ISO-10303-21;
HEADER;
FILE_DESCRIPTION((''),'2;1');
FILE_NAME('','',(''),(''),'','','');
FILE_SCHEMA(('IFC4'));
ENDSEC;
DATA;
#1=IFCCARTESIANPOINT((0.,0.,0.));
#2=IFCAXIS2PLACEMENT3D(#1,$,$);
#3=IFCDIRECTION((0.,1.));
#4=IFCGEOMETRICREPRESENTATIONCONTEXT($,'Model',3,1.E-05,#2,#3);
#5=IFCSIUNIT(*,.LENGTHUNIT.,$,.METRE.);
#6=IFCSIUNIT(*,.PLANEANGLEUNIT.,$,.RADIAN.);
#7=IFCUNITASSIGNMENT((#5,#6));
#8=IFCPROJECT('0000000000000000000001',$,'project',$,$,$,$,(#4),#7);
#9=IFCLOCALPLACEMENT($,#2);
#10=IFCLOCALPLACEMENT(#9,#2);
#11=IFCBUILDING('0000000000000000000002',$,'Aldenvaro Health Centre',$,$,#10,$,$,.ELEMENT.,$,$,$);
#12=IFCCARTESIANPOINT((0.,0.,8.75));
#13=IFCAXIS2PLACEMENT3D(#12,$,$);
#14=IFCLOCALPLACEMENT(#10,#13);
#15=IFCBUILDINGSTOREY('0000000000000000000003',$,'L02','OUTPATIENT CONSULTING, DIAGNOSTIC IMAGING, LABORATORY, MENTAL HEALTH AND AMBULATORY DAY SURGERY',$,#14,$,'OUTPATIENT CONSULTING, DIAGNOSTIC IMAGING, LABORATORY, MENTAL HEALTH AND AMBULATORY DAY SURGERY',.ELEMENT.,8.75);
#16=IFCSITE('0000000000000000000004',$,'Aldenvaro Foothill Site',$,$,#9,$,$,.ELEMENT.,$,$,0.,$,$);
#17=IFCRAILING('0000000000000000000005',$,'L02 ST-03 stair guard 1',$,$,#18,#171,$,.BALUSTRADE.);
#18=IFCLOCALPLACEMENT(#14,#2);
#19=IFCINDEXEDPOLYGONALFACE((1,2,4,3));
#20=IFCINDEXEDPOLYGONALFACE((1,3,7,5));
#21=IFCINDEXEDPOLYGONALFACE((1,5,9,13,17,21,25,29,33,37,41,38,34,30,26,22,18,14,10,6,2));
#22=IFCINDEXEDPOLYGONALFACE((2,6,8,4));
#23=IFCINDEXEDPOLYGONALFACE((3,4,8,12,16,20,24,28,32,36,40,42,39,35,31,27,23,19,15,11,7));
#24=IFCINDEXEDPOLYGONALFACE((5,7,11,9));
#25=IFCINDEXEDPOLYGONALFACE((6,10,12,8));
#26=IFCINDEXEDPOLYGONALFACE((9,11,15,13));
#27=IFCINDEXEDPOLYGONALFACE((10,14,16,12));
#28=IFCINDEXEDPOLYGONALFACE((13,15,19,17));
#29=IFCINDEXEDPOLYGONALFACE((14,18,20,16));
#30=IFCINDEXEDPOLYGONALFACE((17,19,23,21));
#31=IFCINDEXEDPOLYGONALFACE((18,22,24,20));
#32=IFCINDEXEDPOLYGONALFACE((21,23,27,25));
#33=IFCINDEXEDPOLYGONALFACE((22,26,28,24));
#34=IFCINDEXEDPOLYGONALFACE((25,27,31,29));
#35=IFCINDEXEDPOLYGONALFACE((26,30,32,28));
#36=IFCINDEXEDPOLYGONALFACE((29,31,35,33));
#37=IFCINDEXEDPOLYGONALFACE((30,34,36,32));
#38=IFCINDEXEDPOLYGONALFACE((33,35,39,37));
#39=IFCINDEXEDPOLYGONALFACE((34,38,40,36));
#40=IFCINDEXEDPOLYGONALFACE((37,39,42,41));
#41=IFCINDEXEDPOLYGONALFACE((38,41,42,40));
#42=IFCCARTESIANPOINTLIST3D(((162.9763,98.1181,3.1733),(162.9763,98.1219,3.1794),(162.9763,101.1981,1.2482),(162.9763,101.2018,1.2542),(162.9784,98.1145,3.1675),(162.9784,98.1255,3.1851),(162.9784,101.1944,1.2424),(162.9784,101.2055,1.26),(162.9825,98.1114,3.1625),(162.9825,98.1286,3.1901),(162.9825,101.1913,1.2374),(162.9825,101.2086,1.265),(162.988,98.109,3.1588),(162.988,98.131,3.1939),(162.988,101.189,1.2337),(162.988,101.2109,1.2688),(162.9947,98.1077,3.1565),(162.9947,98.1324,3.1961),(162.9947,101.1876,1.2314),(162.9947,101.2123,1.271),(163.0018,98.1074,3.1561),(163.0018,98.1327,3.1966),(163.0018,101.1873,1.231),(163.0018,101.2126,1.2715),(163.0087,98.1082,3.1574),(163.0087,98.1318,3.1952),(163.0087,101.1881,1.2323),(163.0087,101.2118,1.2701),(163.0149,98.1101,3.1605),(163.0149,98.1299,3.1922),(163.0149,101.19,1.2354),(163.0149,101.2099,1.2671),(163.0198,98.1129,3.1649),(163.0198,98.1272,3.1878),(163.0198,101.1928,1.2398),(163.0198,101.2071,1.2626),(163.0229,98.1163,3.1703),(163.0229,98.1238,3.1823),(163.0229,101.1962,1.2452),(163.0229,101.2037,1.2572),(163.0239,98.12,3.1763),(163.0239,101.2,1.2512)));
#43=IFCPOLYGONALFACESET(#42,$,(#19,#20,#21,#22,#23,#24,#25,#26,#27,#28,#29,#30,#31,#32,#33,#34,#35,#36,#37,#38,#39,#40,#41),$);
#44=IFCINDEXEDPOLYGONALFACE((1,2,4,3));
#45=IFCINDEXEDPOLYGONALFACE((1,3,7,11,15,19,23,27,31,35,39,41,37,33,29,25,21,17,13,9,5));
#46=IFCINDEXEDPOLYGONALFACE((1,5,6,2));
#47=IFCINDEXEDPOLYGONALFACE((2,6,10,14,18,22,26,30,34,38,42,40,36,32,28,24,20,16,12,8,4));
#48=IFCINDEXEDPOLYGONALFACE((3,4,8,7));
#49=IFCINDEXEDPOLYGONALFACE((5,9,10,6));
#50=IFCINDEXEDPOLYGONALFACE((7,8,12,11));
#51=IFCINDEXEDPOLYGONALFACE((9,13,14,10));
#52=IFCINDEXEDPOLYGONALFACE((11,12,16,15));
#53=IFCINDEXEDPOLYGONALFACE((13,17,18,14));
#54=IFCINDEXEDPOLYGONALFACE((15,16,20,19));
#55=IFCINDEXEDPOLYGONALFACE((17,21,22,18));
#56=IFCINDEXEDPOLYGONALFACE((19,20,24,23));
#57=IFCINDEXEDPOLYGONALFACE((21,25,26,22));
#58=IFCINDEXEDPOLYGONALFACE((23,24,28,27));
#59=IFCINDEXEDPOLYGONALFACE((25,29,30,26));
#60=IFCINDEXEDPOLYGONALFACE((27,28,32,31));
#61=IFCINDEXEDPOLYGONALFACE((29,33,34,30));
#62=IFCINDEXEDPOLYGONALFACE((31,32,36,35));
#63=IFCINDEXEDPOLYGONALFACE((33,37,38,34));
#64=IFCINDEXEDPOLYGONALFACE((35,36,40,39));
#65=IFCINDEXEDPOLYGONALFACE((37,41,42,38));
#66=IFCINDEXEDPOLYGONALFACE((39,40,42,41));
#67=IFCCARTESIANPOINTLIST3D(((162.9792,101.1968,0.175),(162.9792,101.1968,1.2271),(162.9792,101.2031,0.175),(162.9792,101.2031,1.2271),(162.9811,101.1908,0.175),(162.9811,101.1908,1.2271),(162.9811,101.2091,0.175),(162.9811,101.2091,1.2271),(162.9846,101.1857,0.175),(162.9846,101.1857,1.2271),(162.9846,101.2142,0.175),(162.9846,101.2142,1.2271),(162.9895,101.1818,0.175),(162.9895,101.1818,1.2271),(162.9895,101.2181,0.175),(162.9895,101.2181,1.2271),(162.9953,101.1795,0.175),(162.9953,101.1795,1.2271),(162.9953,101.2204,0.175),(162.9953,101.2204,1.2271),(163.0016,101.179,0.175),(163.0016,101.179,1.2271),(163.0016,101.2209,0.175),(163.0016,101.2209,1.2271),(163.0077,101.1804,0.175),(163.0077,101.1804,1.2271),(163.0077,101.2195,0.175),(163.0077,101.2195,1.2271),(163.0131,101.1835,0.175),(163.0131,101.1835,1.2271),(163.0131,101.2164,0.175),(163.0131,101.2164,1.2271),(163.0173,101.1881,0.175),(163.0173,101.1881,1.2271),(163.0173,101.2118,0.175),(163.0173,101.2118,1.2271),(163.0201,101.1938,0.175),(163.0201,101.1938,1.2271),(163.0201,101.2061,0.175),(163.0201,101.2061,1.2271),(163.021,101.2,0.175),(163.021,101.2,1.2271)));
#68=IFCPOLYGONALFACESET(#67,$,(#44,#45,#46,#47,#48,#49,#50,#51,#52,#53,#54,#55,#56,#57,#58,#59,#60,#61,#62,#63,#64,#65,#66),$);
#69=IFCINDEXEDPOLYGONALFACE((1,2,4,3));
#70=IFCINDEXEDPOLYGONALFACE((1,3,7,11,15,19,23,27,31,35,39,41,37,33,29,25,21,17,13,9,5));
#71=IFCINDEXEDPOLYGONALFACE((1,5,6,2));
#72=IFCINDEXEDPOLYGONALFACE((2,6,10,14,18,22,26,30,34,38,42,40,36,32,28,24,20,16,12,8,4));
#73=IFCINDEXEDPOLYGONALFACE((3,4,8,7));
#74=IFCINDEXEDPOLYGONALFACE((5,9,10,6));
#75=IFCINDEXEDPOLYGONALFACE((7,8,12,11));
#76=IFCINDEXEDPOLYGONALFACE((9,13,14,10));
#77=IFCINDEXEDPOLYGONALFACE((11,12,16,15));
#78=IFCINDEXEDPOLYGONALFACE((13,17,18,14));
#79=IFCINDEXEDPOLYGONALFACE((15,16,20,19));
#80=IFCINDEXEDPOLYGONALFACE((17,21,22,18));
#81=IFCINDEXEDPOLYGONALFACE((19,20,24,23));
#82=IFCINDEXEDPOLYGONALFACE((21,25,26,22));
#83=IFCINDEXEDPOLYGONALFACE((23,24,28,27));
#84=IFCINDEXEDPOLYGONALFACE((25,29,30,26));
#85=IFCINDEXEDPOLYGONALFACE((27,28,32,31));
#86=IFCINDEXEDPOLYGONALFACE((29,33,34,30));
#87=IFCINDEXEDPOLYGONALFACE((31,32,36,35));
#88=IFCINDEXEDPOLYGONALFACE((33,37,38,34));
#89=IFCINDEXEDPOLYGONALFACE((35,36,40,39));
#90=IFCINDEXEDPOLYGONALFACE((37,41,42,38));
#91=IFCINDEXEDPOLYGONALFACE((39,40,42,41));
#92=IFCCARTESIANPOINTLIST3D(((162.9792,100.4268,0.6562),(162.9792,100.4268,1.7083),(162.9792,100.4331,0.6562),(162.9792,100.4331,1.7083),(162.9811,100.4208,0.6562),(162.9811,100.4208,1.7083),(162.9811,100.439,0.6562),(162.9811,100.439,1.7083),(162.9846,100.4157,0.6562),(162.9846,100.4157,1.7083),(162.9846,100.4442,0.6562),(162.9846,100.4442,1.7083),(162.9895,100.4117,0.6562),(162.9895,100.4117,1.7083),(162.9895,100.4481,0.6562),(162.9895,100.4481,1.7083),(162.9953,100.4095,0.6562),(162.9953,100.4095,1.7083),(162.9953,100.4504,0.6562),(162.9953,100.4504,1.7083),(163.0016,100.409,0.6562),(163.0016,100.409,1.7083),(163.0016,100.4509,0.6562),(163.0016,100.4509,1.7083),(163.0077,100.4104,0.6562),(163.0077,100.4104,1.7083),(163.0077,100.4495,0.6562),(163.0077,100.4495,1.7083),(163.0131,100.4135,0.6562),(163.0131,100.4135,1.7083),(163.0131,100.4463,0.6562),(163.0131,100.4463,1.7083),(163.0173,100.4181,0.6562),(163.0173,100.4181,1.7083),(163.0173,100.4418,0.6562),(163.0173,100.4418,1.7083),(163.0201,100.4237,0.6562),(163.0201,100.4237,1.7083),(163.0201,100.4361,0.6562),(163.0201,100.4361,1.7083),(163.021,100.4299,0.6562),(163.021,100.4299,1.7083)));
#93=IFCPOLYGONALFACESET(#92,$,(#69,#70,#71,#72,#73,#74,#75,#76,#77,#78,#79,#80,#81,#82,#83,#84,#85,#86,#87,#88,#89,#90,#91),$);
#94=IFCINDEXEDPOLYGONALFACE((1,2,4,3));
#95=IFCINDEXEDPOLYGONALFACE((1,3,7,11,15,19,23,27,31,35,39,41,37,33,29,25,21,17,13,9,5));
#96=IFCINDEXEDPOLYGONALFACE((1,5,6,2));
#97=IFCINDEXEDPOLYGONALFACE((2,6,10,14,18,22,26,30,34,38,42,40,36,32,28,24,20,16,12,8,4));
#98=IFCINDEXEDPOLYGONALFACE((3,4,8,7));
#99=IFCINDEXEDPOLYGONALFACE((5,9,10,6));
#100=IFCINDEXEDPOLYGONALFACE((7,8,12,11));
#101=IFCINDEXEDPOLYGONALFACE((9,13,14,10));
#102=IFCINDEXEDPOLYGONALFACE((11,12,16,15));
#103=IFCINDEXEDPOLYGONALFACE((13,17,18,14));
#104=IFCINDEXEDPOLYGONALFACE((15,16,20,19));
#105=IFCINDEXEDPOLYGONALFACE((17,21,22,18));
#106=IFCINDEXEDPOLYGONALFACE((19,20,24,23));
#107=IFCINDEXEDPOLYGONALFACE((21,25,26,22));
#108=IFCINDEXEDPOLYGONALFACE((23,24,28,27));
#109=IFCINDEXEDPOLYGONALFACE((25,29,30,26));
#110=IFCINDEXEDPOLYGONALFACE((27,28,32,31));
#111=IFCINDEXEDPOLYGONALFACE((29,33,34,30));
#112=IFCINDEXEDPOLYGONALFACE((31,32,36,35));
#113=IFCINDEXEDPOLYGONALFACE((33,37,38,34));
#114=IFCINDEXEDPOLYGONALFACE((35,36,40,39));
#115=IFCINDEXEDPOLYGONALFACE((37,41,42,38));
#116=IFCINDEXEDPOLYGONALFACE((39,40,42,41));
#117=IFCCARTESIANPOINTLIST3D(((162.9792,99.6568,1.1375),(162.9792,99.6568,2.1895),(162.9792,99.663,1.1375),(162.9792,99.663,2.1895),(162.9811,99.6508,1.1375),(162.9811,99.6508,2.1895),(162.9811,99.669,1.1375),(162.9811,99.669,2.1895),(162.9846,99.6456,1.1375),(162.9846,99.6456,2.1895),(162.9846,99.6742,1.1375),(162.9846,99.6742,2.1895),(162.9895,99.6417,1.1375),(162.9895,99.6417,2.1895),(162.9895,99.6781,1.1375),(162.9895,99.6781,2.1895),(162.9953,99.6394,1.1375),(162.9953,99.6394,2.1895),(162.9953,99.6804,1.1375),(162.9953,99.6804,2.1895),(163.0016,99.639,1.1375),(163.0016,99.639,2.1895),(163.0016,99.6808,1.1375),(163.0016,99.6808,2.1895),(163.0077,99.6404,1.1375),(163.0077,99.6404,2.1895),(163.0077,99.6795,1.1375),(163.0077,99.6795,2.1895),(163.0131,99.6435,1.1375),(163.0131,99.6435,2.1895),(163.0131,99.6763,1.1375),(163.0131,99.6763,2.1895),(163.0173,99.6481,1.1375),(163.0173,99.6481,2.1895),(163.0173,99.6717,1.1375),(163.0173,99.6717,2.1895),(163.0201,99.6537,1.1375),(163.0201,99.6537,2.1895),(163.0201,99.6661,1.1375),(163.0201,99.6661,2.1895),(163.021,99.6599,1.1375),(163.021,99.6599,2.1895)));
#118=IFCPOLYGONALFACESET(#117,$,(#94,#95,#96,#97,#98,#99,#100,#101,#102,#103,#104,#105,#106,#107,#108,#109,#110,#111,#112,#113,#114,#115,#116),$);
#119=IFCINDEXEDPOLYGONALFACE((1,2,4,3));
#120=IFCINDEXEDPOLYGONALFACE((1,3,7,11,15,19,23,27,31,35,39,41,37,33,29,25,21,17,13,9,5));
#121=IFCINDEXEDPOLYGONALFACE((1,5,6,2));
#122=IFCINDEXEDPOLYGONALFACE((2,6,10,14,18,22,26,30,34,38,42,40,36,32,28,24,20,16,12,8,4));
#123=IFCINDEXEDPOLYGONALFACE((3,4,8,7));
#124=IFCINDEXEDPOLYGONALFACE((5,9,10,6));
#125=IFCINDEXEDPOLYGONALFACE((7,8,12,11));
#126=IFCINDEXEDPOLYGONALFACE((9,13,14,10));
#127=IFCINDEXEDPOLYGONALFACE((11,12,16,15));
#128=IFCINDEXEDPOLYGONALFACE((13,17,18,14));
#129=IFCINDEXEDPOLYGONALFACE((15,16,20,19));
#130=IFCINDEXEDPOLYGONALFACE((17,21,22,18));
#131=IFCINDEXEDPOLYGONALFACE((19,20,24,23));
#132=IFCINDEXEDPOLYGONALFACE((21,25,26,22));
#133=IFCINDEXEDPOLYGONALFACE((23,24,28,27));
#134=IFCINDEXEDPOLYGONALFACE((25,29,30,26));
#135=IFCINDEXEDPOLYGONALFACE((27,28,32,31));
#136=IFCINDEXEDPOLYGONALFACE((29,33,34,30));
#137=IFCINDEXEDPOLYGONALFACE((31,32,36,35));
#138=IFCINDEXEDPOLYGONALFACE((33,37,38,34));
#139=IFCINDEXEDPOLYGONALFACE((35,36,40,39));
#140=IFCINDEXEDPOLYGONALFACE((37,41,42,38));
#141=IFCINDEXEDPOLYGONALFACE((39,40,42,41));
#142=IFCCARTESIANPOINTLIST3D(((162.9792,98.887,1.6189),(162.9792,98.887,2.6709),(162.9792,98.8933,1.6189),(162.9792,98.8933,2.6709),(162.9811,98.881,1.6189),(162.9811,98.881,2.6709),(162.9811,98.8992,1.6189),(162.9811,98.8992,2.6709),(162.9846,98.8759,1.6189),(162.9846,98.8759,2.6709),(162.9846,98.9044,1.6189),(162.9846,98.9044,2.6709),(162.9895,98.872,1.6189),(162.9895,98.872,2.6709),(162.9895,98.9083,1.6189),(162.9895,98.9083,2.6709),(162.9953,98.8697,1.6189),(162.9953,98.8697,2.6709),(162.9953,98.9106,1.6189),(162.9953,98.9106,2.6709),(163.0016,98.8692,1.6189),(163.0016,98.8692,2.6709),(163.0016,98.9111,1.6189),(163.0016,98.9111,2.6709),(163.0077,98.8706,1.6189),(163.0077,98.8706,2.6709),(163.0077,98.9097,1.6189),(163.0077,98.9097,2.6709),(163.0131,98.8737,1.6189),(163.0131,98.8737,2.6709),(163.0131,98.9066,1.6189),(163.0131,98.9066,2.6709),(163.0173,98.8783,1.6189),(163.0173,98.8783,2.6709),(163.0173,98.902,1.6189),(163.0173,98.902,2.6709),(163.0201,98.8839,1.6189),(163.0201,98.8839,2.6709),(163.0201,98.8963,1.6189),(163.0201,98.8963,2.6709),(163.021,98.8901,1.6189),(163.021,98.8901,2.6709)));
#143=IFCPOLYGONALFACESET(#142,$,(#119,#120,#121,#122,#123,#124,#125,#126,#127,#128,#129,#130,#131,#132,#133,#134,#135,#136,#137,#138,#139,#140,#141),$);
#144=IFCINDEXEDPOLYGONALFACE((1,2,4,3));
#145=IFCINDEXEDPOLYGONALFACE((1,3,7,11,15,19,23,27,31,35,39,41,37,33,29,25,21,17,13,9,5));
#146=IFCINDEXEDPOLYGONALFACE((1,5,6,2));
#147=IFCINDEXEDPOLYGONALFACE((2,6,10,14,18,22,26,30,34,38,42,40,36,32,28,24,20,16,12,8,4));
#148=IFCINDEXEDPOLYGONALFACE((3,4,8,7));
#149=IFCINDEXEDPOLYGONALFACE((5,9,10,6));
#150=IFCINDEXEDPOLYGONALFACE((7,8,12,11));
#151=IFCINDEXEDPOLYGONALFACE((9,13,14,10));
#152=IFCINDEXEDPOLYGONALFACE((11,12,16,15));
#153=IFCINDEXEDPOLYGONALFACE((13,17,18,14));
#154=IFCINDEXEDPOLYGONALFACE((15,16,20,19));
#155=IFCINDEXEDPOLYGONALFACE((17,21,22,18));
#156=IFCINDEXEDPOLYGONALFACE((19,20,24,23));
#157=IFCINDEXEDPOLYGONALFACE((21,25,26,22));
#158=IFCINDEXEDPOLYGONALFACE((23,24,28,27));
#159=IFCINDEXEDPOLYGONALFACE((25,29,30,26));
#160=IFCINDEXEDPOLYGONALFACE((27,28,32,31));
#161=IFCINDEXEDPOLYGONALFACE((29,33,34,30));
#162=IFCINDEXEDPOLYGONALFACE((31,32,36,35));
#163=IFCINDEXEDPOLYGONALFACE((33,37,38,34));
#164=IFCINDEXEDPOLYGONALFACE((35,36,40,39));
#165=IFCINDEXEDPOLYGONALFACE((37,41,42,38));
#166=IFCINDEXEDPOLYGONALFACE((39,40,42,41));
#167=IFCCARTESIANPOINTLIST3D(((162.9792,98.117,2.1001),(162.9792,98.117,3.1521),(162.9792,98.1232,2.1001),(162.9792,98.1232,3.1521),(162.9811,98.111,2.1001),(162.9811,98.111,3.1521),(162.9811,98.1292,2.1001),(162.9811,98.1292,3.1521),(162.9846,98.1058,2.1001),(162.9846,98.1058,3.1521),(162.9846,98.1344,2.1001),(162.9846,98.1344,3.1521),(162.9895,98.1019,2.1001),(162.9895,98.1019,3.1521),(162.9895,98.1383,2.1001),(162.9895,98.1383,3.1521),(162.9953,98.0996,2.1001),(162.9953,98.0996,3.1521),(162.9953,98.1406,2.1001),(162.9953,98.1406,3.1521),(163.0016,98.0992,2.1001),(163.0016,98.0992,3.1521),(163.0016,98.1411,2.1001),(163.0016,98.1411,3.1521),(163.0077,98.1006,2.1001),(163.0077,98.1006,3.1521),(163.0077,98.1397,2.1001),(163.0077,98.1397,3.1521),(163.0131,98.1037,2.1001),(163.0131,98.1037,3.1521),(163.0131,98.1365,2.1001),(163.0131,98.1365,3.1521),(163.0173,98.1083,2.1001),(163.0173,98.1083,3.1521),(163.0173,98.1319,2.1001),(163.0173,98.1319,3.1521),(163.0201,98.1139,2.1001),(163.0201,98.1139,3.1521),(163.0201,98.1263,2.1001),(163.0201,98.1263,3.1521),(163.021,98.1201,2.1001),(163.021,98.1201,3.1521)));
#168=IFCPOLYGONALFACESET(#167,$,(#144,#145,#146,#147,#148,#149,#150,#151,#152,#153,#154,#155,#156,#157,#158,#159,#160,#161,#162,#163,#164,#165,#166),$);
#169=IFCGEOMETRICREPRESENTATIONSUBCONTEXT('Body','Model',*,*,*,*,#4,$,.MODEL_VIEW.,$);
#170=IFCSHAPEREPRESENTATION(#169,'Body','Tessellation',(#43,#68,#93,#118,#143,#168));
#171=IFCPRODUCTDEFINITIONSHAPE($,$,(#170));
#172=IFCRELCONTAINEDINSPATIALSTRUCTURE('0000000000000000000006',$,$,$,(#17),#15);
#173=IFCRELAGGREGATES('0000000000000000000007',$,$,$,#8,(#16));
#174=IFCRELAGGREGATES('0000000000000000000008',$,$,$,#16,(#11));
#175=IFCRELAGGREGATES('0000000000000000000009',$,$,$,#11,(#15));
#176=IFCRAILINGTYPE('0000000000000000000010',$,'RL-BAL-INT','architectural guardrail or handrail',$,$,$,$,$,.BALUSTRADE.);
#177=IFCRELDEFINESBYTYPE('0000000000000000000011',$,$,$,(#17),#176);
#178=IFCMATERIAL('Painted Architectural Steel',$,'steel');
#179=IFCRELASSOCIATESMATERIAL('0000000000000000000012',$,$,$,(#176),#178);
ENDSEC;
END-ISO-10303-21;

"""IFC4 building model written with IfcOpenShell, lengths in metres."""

from ifc_helpers import new_model, si_unit, direction, frame, origin, origin_2d, place, context, subcontext, project, spatial, circle, extrude, material, type_object, element, save


model = new_model("IFC4")

# Units and contexts
model_context = context("Model", 3, precision=1e-05, world=origin(), true_north=direction((0.0, 1.0)))
body_context = subcontext(model_context, "Body", "Model", "MODEL_VIEW")
ifc_project = project(units=[si_unit("LENGTHUNIT", "METRE"), si_unit("PLANEANGLEUNIT", "RADIAN")], contexts=[model_context])

# Site, building, storey
site_placement = place(None, origin())
site = spatial("IfcSite", under=ifc_project, at=site_placement, Name="Aldenvaro Foothill Site", CompositionType="ELEMENT", RefElevation=0.0)
building_placement = place(site_placement, origin())
building = spatial("IfcBuilding", under=site, at=building_placement, Name="Aldenvaro Health Centre", CompositionType="ELEMENT")
storey_placement = place(building_placement, frame((0.0, 0.0, 8.75)))
storey = spatial("IfcBuildingStorey", under=building, at=storey_placement, Name="L02", Description="OUTPATIENT CONSULTING, DIAGNOSTIC IMAGING, LABORATORY, MENTAL HEALTH AND AMBULATORY DAY SURGERY", LongName="OUTPATIENT CONSULTING, DIAGNOSTIC IMAGING, LABORATORY, MENTAL HEALTH AND AMBULATORY DAY SURGERY", CompositionType="ELEMENT", Elevation=8.75)

# Railing
ifc_material_1 = material(Name="Painted Architectural Steel", Category="steel")
railing_type_1 = type_object("IfcRailingType", Name="RL-BAL-INT", Description="architectural guardrail or handrail", PredefinedType="BALUSTRADE", material=ifc_material_1)
railing_1_placement = place(storey_placement, frame((163.0, 101.2, 0.175)))
element("IfcRailing", 1, at=railing_1_placement, inside=storey, type_object=railing_type_1, Name="L02 ST-03 stair guard 1", PredefinedType="BALUSTRADE", context=body_context, shape_type="SweptSolid", body=[
    extrude(circle(Radius=0.0239, at=origin_2d()), frame((0.0, 0.0, 1.0762), z_axis=(0.0, -0.847979, 0.530029), x_axis=(1.0, 0.0, 0.0)), (0.0, 0.0, 1.0), 3.6321),
    extrude(circle(Radius=0.021, at=origin_2d()), origin(), (0.0, 0.0, 1.0), 1.052),
    extrude(circle(Radius=0.021, at=origin_2d()), frame((0.0, -0.77, 0.4812)), (0.0, 0.0, 1.0), 1.052),
    extrude(circle(Radius=0.021, at=origin_2d()), frame((0.0, -1.54, 0.9624)), (0.0, 0.0, 1.0), 1.052),
    extrude(circle(Radius=0.021, at=origin_2d()), frame((0.0, -2.3098, 1.4438)), (0.0, 0.0, 1.0), 1.052),
    extrude(circle(Radius=0.021, at=origin_2d()), frame((0.0, -3.0798, 1.925)), (0.0, 0.0, 1.0), 1.052),
])

save(model, "model.ifc")
